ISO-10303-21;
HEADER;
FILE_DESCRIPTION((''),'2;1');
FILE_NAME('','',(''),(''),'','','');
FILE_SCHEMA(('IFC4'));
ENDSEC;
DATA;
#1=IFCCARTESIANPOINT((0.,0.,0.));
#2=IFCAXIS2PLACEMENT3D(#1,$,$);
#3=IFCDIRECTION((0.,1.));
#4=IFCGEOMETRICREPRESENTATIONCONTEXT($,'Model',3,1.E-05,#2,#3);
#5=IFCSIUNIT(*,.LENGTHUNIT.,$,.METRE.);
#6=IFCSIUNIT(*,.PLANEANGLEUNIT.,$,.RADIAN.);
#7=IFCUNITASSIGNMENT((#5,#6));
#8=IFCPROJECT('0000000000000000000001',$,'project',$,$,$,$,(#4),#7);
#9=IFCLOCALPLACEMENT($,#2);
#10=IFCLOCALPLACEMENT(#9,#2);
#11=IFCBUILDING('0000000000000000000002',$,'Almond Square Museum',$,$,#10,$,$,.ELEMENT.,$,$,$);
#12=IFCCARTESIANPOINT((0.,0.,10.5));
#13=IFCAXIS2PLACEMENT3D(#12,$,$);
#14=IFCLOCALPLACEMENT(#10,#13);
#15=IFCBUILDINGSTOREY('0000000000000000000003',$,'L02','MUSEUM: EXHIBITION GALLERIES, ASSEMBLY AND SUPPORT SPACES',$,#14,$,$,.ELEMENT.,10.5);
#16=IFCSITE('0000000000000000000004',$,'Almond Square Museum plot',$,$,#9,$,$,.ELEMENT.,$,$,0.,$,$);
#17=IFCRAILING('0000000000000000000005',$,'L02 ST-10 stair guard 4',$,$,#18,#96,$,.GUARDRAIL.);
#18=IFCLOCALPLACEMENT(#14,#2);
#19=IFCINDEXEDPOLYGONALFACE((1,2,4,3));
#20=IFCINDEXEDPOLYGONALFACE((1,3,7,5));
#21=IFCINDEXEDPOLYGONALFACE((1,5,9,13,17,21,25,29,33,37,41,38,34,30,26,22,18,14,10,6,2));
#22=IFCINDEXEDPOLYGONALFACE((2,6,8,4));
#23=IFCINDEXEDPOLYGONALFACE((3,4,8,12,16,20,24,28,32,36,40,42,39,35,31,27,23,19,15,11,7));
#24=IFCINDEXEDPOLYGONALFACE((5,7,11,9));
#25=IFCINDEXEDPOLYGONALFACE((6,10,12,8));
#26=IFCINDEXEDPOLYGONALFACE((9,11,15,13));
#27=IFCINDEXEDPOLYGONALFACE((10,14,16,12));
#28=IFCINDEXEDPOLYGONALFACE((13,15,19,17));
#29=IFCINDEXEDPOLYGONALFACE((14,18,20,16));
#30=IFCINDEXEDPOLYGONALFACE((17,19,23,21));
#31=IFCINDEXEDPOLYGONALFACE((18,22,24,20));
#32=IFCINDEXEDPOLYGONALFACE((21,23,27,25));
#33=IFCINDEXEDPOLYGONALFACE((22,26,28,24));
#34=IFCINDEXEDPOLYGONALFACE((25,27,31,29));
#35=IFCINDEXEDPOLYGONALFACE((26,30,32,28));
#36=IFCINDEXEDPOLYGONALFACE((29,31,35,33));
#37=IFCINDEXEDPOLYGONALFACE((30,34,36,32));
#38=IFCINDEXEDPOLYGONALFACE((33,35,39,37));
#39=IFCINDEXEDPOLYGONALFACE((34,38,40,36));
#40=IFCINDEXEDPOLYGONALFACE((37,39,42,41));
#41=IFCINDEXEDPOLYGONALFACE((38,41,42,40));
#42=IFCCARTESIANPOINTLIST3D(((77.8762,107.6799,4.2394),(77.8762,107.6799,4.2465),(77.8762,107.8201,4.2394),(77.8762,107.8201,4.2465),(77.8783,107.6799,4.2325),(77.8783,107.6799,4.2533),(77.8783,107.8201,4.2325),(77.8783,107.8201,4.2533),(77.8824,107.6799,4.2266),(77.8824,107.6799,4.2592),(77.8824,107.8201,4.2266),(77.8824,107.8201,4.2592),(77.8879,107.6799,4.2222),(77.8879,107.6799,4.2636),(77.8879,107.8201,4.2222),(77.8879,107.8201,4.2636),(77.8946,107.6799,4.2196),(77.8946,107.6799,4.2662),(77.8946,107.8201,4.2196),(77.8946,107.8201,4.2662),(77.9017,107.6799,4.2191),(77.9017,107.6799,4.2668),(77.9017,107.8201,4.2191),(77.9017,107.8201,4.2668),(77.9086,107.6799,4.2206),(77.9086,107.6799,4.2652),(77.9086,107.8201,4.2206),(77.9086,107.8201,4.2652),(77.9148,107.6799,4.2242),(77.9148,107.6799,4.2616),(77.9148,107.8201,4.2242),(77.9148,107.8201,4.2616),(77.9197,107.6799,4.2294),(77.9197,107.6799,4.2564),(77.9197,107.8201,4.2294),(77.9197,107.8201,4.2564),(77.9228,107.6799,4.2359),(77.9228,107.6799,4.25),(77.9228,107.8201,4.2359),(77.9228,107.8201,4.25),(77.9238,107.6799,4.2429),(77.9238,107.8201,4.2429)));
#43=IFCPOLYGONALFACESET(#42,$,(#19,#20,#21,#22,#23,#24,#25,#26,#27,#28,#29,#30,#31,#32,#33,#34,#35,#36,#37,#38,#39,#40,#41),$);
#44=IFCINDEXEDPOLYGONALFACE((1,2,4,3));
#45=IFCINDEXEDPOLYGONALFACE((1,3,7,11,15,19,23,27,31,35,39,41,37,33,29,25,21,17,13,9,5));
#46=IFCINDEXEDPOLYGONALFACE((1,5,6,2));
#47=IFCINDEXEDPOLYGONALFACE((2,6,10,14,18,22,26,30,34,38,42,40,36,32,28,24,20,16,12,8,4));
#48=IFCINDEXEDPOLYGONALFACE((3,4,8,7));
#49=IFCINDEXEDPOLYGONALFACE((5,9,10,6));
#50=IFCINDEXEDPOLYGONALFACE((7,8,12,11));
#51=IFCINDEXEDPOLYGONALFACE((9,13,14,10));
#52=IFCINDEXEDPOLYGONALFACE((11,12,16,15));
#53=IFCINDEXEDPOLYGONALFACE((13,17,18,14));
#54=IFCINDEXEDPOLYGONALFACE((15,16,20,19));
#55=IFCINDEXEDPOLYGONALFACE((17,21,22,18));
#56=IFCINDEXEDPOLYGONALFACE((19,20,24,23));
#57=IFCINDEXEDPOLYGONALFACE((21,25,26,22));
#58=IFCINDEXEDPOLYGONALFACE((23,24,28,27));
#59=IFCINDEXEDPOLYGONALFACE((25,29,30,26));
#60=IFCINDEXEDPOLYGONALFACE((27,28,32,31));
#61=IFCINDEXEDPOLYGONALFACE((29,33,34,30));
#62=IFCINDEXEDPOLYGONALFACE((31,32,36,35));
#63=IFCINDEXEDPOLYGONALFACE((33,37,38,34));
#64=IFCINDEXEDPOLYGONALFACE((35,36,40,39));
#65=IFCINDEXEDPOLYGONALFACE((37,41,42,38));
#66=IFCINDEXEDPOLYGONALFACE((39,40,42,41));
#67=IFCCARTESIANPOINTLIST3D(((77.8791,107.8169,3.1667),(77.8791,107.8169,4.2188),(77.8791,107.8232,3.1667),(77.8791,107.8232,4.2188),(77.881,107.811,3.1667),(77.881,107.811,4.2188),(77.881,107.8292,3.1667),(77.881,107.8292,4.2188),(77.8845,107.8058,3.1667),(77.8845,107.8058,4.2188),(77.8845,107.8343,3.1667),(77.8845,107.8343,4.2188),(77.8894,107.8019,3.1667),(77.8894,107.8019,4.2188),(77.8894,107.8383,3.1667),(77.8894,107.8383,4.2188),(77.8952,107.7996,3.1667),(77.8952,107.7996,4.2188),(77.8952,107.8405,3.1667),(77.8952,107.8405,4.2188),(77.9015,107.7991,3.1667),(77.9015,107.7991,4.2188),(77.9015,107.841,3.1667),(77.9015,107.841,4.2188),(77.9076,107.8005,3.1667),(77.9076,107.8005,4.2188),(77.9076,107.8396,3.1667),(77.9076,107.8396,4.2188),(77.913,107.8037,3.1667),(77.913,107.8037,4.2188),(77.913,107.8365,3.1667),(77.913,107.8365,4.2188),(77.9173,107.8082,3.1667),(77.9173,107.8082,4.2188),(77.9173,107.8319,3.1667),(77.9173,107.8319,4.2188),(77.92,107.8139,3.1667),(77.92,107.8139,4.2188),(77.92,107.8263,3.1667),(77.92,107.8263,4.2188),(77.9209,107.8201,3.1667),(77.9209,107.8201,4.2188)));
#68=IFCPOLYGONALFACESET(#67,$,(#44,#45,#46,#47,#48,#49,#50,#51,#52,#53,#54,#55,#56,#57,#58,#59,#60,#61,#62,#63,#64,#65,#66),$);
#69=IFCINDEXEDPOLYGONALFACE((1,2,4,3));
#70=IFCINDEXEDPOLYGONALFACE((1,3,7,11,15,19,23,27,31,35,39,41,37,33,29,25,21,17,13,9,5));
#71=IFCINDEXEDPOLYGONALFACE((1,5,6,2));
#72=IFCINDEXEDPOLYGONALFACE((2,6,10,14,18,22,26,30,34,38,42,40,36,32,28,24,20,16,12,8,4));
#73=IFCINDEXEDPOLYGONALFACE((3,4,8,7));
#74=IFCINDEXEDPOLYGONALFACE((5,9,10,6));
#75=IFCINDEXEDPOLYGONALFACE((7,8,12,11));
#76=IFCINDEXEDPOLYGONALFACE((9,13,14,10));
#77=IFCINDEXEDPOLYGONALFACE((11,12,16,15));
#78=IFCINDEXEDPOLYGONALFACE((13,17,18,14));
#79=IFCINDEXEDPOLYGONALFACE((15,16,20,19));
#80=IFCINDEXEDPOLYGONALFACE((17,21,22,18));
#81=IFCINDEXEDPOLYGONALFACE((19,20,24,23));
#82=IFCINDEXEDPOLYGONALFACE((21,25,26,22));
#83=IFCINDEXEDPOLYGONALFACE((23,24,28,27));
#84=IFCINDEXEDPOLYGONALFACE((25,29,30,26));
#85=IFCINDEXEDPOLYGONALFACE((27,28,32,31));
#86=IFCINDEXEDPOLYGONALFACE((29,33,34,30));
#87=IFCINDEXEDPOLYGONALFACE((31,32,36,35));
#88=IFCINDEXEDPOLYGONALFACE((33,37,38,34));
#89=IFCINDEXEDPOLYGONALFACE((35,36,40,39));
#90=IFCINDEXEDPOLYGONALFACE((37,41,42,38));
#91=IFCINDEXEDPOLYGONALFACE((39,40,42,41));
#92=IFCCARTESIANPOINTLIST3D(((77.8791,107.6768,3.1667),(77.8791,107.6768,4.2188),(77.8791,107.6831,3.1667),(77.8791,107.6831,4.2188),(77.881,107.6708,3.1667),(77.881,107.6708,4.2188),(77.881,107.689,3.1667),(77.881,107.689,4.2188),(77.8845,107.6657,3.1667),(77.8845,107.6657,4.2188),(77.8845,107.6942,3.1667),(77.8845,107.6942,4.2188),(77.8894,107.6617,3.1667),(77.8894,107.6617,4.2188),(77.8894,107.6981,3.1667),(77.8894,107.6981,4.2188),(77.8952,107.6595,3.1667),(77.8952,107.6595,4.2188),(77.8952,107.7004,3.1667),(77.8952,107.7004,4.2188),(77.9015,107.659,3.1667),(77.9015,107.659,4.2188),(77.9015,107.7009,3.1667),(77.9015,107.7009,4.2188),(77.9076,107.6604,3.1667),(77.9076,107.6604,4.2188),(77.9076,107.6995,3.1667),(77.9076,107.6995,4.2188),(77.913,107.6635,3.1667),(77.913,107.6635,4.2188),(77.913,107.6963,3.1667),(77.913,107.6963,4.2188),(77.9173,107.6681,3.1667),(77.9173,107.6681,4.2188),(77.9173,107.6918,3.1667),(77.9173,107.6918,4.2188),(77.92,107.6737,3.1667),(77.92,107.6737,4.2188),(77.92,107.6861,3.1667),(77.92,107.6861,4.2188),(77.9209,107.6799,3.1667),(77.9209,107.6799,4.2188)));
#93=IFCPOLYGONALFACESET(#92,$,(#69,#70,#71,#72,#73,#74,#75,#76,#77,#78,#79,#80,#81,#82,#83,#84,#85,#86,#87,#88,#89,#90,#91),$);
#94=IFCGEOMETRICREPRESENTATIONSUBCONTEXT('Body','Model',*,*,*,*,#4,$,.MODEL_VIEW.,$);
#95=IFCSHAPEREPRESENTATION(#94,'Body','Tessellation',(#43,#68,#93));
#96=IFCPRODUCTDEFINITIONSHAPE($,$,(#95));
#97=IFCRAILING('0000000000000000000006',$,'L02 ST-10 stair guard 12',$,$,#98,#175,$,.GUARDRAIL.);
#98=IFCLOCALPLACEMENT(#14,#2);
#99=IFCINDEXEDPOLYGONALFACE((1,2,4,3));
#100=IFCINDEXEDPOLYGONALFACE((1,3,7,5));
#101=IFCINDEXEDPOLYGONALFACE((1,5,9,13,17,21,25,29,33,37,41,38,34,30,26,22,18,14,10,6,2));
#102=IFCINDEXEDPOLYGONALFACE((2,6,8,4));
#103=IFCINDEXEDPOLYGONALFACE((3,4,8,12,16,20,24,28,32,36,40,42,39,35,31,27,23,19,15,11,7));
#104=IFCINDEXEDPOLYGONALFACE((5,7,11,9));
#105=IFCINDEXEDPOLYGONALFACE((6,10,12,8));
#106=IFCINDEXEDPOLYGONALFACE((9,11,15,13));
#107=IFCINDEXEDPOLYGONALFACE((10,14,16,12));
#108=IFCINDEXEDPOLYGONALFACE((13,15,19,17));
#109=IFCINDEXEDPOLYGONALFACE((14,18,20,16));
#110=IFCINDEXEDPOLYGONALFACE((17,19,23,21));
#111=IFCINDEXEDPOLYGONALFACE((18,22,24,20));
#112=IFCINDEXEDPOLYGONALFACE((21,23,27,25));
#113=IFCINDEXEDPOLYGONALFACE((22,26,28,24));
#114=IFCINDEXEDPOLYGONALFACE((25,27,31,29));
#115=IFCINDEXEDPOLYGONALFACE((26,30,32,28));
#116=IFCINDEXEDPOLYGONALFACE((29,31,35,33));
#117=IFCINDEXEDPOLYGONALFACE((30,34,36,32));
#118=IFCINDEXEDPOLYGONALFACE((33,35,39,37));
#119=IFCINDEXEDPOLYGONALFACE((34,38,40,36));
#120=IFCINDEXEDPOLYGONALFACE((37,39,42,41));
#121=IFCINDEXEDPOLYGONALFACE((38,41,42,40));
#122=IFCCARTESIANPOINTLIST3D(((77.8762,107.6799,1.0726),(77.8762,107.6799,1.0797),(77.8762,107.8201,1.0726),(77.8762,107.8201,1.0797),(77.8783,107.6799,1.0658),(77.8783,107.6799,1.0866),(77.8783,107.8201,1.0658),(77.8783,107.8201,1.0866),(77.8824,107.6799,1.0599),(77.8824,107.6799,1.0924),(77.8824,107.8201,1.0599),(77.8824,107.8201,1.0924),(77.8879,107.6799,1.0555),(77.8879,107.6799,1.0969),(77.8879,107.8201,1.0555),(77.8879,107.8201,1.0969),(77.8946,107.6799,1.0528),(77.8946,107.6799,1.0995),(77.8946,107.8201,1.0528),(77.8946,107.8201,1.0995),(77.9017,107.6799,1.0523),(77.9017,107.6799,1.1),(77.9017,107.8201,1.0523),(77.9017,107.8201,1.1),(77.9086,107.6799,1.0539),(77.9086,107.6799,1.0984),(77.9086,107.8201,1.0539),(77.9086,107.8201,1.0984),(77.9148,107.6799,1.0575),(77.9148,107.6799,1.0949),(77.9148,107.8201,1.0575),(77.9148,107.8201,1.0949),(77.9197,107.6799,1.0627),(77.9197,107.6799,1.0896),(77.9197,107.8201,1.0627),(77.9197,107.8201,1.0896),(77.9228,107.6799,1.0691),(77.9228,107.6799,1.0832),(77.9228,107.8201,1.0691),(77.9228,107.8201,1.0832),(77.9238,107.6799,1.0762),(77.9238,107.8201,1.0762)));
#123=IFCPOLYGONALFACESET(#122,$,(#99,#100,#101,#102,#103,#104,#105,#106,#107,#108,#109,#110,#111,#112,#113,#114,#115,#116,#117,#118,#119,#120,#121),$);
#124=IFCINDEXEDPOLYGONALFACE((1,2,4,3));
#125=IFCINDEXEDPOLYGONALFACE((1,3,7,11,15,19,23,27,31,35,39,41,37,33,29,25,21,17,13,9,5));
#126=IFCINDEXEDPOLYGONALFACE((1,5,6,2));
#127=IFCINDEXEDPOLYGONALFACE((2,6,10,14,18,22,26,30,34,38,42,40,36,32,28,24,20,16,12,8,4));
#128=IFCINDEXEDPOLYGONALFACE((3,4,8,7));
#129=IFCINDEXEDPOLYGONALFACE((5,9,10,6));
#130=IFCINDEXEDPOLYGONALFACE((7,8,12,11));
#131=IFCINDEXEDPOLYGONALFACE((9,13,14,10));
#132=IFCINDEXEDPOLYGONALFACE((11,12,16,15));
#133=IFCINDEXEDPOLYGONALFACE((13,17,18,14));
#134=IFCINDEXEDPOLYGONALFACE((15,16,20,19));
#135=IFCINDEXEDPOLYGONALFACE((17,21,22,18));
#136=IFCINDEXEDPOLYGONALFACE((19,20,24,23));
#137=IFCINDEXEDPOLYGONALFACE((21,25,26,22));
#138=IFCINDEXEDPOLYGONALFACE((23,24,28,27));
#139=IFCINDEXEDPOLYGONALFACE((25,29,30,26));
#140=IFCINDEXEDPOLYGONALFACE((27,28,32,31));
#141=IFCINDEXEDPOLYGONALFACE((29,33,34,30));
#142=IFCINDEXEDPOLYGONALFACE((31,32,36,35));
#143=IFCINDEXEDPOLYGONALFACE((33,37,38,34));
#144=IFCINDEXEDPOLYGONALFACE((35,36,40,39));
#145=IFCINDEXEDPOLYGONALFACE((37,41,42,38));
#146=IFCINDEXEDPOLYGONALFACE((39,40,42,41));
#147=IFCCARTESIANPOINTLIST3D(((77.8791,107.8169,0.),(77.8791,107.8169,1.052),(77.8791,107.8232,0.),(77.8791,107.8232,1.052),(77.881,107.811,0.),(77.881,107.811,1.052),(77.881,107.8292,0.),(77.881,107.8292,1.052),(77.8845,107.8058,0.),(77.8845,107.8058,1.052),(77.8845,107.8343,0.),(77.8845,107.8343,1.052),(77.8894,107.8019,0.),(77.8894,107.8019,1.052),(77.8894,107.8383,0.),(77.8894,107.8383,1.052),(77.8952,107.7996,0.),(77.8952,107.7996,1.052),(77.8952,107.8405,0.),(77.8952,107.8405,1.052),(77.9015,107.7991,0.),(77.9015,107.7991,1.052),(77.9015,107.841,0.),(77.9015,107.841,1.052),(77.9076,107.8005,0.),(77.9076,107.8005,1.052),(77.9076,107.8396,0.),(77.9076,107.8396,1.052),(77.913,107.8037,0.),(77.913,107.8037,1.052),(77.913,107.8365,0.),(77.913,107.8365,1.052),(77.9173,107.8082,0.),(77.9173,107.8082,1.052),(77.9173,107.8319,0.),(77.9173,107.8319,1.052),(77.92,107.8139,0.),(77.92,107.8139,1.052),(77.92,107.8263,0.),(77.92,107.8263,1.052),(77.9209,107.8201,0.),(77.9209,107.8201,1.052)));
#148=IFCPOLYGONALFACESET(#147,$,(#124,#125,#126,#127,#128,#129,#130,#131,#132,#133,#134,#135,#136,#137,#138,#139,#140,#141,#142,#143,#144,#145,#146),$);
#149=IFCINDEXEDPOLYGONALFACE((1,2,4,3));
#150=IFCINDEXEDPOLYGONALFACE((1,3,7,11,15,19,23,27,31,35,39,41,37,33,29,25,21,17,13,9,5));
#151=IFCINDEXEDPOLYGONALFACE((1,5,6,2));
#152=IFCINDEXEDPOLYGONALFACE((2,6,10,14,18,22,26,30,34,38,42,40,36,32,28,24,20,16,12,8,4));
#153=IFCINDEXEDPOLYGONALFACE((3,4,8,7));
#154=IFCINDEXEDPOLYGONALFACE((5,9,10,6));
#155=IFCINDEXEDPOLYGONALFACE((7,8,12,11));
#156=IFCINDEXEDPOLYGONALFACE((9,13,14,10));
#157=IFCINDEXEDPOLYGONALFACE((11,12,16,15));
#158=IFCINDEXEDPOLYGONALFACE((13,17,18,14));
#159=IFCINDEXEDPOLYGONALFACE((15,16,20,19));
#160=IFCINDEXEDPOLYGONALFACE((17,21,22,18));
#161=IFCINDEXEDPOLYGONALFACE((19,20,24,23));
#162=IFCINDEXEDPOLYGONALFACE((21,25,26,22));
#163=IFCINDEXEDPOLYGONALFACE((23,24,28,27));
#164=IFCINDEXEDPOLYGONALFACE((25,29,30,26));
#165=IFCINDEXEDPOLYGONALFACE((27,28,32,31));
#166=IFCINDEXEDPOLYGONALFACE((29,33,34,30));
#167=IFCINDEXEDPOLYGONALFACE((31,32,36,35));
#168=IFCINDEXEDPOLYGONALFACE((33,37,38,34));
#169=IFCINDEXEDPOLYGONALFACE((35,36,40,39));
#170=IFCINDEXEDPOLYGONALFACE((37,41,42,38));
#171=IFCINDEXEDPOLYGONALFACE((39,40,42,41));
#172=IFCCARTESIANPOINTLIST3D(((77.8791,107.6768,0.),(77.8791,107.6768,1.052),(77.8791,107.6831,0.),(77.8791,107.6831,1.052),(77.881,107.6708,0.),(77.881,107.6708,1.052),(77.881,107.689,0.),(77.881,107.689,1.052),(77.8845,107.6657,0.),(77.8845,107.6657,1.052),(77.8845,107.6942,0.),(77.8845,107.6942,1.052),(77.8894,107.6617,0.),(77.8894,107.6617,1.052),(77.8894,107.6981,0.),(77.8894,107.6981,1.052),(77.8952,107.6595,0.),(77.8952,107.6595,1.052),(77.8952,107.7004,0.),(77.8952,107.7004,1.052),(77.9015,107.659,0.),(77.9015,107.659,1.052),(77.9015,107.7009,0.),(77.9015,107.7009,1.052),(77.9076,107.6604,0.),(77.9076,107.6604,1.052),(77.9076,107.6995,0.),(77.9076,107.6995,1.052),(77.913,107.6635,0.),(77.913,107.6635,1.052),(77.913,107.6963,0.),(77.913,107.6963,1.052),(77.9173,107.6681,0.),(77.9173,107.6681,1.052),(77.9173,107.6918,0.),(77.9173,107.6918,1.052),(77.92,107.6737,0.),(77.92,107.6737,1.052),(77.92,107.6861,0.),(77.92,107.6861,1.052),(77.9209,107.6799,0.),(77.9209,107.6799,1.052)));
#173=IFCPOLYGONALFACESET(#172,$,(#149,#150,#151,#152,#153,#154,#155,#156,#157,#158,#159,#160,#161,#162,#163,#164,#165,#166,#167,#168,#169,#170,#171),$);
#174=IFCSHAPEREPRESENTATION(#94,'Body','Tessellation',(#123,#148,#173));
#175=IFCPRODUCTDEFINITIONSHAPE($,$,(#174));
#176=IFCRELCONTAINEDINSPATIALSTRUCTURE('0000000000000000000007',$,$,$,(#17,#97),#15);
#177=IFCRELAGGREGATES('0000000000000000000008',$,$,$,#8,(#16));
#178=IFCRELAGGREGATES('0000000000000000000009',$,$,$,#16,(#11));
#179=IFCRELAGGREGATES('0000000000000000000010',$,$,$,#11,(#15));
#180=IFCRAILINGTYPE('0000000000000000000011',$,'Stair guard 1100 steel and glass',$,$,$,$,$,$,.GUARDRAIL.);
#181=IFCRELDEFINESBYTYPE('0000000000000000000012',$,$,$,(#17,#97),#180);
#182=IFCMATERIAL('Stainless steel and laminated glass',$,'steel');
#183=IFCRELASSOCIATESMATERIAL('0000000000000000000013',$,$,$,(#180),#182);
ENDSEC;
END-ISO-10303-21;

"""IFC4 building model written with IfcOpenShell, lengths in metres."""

from ifc_helpers import new_model, si_unit, direction, frame, origin, origin_2d, place, context, subcontext, project, spatial, circle, extrude, material, type_object, element, save


model = new_model("IFC4")

# Units and contexts
model_context = context("Model", 3, precision=1e-05, world=origin(), true_north=direction((0.0, 1.0)))
body_context = subcontext(model_context, "Body", "Model", "MODEL_VIEW")
ifc_project = project(units=[si_unit("LENGTHUNIT", "METRE"), si_unit("PLANEANGLEUNIT", "RADIAN")], contexts=[model_context])

# Site, building, storey
site_placement = place(None, origin())
site = spatial("IfcSite", under=ifc_project, at=site_placement, Name="Almond Square Museum plot", CompositionType="ELEMENT", RefElevation=0.0)
building_placement = place(site_placement, origin())
building = spatial("IfcBuilding", under=site, at=building_placement, Name="Almond Square Museum", CompositionType="ELEMENT")
storey_placement = place(building_placement, frame((0.0, 0.0, 10.5)))
storey = spatial("IfcBuildingStorey", under=building, at=storey_placement, Name="L02", Description="MUSEUM: EXHIBITION GALLERIES, ASSEMBLY AND SUPPORT SPACES", CompositionType="ELEMENT", Elevation=10.5)

# Railings
ifc_material_1 = material(Name="Stainless steel and laminated glass", Category="steel")
railing_type_1 = type_object("IfcRailingType", Name="Stair guard 1100 steel and glass", PredefinedType="GUARDRAIL", material=ifc_material_1)
for number, where, name in (
    (1, (77.8999, 107.8201, 3.1667), "L02 ST-10 stair guard 4"),
    (2, (77.8999, 107.8201, 0.0), "L02 ST-10 stair guard 12"),
):
    element("IfcRailing", number, at=place(storey_placement, frame(where)), inside=storey, type_object=railing_type_1, Name=name, PredefinedType="GUARDRAIL", context=body_context, shape_type="SweptSolid", body=[
        extrude(circle(Radius=0.0239, at=origin_2d()), frame((0.0, 0.0, 1.0762), z_axis=(0.0, -1.0, 0.0), x_axis=(1.0, 0.0, 0.0)), (0.0, 0.0, 1.0), 0.1401),
        extrude(circle(Radius=0.021, at=origin_2d()), origin(), (0.0, 0.0, 1.0), 1.052),
        extrude(circle(Radius=0.021, at=origin_2d()), frame((0.0, -0.1401, 0.0)), (0.0, 0.0, 1.0), 1.052),
    ])

save(model, "model.ifc")
